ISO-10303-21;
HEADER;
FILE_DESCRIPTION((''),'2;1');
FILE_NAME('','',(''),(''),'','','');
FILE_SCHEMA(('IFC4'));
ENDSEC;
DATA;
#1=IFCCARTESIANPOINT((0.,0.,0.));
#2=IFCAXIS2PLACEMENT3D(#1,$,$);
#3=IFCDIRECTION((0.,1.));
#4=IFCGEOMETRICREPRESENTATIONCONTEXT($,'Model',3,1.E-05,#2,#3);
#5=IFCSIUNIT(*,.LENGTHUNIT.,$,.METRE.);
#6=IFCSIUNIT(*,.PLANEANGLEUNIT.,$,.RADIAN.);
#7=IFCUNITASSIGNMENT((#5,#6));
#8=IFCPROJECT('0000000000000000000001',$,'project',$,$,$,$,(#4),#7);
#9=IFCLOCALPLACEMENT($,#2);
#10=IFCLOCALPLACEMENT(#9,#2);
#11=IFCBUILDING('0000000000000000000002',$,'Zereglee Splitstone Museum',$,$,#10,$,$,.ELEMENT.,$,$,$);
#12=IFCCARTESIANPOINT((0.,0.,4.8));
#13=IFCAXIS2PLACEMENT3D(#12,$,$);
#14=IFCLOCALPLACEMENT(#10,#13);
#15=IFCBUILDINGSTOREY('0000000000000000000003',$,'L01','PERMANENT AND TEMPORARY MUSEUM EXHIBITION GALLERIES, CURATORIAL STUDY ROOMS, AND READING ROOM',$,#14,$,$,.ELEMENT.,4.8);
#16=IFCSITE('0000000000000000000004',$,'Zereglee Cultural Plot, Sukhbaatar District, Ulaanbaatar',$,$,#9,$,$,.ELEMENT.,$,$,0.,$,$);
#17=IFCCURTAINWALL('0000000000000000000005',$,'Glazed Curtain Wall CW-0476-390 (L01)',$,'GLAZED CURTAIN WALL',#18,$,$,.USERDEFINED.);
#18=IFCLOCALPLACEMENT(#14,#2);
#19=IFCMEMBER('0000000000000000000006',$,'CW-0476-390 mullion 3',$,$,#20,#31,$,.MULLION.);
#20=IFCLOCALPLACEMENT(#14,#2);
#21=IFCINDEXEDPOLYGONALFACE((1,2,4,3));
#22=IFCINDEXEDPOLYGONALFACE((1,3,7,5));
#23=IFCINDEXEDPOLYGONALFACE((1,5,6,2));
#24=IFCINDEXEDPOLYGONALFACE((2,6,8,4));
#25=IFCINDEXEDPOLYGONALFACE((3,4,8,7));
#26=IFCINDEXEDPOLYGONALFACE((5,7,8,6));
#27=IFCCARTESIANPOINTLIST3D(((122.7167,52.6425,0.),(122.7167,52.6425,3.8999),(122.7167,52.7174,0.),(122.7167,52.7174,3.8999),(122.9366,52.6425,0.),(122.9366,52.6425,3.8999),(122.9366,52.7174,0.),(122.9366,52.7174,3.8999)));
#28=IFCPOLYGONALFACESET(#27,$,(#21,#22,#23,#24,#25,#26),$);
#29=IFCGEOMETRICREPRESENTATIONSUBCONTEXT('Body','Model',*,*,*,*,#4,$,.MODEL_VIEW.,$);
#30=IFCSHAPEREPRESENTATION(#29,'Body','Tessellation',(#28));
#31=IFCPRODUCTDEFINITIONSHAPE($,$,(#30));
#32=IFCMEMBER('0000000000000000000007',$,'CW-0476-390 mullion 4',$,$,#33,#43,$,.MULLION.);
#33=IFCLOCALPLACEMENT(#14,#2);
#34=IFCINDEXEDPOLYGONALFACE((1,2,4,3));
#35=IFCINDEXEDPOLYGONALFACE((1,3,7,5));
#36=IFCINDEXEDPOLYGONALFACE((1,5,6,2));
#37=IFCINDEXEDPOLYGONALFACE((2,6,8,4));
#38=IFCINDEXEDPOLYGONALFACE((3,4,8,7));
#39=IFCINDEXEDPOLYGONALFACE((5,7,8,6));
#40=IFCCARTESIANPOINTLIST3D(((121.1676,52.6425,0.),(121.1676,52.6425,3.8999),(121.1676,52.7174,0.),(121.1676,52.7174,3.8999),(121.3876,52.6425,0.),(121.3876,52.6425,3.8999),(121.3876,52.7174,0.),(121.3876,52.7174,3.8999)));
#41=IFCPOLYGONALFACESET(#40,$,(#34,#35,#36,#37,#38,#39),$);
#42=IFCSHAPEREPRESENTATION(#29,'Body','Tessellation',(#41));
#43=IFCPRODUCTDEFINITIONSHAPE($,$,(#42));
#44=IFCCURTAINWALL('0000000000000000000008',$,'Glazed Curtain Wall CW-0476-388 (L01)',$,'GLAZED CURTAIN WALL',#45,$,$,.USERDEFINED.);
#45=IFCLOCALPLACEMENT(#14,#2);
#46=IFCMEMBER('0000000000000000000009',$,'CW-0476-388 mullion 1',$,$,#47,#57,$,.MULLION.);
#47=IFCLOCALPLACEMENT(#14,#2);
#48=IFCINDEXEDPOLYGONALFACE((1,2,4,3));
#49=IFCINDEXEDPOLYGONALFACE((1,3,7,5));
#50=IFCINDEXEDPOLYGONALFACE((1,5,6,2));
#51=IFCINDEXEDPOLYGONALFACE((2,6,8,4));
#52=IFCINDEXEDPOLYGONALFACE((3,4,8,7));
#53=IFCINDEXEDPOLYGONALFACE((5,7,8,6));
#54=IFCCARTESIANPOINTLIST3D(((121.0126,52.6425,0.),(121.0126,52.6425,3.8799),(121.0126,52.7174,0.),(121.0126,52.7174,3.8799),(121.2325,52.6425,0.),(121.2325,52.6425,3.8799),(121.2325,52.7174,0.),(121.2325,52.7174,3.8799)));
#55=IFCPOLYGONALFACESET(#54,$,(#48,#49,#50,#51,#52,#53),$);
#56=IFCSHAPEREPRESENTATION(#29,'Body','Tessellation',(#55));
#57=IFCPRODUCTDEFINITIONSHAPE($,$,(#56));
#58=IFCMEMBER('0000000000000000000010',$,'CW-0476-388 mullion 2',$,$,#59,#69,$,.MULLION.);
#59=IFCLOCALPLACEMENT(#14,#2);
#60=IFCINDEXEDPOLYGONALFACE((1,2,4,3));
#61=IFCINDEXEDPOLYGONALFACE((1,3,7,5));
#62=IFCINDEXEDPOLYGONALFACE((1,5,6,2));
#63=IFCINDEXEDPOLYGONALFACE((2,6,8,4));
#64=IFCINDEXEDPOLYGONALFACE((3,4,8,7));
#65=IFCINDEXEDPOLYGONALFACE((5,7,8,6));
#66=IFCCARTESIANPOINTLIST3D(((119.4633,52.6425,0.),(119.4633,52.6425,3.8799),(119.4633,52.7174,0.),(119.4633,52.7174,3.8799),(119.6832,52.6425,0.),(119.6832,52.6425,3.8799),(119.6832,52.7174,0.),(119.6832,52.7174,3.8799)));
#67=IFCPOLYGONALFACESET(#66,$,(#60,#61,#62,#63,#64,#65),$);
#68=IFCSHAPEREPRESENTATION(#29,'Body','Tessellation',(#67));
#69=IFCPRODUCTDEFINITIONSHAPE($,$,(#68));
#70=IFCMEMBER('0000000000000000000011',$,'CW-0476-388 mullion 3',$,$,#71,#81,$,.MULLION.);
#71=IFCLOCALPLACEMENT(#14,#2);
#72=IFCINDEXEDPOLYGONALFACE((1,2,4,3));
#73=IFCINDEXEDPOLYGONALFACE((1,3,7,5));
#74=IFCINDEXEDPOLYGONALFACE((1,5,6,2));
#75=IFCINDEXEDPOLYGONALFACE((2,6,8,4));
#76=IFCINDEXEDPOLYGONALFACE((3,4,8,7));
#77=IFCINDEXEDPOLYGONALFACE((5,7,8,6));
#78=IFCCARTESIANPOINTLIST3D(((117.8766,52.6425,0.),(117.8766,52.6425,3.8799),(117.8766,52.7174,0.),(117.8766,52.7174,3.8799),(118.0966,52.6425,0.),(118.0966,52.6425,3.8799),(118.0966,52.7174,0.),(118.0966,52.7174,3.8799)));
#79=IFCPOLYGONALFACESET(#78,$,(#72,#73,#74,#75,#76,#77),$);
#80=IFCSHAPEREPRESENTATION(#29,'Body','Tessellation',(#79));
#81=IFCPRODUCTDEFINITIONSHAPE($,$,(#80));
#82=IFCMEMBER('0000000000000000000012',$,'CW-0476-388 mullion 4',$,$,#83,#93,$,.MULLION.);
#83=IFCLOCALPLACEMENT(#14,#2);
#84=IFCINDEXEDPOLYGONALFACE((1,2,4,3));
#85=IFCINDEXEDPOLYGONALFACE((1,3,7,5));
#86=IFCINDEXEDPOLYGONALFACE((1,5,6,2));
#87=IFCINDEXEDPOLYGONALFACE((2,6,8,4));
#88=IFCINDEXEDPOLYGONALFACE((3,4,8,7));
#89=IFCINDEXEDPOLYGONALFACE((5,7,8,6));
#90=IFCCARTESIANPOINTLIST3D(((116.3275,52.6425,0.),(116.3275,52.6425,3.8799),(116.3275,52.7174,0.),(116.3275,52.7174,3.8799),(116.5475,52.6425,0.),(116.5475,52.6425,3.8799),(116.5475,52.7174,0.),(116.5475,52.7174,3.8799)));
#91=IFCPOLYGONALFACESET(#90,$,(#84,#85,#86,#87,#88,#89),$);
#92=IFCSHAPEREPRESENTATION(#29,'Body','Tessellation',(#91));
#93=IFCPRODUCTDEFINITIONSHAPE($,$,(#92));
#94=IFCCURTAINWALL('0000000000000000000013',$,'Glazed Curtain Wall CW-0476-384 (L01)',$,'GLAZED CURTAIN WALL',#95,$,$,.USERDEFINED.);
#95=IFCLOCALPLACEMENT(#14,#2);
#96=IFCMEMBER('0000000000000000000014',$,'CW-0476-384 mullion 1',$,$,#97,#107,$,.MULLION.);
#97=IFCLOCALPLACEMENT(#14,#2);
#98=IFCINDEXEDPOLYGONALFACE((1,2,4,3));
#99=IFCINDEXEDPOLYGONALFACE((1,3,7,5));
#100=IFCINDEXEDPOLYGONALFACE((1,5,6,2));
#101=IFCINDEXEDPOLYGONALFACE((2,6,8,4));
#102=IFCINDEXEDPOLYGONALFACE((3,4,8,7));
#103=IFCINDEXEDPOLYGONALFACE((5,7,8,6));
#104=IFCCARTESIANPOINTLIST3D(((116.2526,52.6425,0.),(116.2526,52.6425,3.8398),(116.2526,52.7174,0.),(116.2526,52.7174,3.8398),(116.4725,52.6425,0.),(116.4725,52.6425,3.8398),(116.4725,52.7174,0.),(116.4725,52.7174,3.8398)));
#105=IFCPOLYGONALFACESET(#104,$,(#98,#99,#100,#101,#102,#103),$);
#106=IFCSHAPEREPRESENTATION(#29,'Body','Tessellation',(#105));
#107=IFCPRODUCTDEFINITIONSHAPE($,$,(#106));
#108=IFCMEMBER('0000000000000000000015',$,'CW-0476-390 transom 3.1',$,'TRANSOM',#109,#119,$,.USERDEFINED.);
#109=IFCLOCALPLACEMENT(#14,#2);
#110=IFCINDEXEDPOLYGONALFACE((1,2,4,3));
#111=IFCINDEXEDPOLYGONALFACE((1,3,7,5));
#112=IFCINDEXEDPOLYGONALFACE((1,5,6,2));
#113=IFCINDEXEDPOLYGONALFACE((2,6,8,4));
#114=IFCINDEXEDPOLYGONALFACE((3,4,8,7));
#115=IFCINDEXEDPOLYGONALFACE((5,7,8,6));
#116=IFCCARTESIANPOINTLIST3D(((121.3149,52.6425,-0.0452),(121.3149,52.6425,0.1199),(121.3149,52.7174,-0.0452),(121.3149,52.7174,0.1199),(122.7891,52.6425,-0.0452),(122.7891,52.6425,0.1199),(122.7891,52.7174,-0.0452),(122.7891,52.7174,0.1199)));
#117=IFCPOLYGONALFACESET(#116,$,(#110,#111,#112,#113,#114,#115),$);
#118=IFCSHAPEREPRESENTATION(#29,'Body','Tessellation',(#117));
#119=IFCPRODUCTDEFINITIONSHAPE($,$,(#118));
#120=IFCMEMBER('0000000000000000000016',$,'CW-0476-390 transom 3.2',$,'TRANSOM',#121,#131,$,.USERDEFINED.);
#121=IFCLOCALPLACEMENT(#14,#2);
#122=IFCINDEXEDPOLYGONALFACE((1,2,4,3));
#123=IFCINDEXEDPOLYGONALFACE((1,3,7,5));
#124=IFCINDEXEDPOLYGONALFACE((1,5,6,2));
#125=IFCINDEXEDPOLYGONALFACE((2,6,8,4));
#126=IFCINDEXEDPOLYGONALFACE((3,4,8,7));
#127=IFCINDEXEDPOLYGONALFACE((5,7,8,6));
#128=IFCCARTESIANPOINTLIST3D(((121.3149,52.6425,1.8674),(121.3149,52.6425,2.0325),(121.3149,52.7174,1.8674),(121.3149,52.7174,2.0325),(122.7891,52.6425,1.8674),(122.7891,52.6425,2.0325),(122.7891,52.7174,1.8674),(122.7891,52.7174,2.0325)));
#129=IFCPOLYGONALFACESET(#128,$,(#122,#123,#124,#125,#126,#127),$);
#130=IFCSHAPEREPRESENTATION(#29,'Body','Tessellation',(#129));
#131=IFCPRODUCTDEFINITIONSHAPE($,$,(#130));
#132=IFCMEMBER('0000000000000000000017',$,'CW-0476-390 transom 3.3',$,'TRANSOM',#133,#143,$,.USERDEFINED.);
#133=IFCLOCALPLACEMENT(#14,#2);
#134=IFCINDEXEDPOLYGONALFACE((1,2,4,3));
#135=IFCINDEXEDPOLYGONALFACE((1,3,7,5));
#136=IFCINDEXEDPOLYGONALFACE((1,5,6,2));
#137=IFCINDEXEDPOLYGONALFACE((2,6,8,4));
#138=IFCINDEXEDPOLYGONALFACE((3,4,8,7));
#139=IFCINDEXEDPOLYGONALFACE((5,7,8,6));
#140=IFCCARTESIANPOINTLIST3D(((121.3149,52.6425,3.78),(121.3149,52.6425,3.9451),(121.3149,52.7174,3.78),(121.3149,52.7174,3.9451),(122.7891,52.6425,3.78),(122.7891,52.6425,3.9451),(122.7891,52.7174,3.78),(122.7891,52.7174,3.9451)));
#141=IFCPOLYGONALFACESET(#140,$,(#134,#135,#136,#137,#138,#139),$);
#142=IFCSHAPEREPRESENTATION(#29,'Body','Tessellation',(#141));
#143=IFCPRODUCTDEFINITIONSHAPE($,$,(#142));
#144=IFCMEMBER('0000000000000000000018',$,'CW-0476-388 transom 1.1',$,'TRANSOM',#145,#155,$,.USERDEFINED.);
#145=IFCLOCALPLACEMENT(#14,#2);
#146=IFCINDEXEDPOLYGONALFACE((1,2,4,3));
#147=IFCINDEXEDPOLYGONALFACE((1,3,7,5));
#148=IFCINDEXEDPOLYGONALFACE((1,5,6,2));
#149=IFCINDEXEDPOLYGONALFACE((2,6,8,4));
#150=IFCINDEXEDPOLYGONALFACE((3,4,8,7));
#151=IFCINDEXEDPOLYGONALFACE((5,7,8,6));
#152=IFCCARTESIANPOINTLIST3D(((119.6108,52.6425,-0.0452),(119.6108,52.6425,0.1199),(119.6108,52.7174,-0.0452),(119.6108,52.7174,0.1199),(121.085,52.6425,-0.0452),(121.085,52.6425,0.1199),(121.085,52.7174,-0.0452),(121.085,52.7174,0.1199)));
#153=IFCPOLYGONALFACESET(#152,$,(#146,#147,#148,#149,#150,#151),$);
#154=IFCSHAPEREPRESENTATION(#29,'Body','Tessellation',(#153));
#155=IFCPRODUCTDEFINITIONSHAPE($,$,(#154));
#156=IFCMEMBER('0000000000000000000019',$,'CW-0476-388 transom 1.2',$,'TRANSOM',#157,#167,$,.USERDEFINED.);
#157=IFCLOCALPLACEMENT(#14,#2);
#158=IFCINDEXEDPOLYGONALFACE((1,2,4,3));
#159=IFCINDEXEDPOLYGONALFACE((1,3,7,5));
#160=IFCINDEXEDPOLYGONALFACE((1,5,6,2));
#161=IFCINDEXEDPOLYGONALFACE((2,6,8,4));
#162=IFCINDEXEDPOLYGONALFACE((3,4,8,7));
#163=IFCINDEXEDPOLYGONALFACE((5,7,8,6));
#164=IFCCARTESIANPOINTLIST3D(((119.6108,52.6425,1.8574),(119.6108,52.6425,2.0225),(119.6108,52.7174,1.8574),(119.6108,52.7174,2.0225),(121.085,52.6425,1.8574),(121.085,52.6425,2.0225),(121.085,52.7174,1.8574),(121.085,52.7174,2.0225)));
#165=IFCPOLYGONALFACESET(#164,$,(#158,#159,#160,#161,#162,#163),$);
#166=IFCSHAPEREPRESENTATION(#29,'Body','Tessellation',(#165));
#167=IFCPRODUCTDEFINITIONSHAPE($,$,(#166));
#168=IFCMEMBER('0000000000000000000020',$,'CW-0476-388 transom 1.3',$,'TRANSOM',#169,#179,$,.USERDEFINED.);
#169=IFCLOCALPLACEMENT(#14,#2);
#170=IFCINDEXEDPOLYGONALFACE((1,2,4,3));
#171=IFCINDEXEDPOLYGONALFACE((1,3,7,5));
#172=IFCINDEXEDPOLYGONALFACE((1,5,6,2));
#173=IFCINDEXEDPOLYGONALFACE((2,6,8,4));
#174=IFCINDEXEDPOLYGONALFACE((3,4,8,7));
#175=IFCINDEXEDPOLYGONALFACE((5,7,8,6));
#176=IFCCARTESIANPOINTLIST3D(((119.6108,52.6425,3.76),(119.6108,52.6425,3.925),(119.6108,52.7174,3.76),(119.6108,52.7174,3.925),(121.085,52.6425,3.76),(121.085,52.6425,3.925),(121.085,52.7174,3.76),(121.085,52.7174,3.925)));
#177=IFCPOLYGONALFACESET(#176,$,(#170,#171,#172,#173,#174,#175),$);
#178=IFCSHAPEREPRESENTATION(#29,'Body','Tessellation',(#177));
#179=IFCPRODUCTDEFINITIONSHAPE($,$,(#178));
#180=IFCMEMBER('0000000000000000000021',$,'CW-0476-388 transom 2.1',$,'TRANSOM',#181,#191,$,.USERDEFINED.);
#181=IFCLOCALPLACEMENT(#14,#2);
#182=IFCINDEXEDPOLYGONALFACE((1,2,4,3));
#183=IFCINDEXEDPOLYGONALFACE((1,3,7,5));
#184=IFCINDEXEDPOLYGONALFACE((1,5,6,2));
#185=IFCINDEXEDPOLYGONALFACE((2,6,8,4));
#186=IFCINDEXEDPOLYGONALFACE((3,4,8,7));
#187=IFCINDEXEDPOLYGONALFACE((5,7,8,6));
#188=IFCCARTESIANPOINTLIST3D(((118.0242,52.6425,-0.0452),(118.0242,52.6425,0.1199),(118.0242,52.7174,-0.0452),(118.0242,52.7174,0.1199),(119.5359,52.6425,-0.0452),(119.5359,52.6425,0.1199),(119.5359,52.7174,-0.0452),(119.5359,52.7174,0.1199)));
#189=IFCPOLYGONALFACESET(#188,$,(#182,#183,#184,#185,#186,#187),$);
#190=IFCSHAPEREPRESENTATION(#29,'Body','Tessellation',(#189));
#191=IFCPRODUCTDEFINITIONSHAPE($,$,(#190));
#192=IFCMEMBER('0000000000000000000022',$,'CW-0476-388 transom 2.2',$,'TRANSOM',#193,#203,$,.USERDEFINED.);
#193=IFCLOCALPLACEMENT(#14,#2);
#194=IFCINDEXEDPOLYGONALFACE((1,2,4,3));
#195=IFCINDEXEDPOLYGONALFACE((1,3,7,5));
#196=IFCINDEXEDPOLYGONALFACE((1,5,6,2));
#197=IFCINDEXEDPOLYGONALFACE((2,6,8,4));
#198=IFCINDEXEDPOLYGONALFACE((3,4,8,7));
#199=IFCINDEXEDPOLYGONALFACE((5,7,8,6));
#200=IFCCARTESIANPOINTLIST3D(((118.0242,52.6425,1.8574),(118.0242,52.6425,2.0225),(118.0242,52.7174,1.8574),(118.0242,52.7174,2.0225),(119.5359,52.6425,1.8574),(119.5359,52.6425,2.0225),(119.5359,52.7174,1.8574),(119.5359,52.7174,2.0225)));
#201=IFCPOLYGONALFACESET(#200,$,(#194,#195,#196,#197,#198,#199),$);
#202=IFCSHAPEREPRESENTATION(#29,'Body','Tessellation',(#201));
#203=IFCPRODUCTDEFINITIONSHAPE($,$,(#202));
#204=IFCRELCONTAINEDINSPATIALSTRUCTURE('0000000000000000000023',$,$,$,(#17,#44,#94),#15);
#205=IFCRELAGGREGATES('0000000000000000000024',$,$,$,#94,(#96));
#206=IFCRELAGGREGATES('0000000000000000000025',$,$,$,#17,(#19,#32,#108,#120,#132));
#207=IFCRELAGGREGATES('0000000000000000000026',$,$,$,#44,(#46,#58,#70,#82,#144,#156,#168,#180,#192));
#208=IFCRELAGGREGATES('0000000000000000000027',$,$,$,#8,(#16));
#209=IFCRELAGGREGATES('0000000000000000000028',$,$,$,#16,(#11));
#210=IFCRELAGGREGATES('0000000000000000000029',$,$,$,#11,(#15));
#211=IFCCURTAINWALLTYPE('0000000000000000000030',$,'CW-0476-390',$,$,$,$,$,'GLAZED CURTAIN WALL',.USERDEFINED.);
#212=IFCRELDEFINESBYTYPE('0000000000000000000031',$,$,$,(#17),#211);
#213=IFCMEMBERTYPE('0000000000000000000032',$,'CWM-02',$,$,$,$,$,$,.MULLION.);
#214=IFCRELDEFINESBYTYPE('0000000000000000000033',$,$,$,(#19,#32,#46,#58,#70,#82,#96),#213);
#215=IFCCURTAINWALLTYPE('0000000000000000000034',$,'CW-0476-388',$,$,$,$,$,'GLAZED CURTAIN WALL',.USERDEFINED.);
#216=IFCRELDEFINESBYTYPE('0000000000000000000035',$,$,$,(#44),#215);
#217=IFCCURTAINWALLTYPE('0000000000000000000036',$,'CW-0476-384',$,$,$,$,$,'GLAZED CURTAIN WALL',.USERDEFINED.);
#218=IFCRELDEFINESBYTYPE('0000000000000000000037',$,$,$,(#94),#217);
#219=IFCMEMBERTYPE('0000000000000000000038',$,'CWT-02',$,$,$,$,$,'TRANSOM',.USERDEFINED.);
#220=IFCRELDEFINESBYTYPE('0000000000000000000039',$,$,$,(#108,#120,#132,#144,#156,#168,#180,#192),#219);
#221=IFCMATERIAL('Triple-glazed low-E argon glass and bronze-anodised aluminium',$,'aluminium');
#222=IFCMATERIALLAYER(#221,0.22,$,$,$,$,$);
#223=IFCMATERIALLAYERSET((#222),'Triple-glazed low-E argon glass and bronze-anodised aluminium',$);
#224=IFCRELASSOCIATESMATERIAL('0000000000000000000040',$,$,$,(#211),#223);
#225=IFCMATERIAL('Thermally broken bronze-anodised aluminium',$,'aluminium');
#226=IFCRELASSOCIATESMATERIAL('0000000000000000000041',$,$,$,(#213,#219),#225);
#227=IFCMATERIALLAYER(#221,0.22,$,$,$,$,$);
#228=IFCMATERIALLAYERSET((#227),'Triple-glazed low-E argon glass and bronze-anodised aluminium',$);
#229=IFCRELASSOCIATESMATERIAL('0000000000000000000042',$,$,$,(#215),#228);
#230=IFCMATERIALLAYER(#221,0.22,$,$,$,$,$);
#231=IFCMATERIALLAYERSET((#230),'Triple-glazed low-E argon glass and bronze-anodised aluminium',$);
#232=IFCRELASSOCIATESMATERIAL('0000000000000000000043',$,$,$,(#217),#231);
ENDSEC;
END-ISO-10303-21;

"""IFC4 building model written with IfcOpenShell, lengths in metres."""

from ifc_helpers import new_model, si_unit, direction, frame, origin, origin_2d, place, context, subcontext, project, spatial, rectangle, extrude, material, layer, layer_set, material_profile, profile_set, type_object, element, aggregate, save


model = new_model("IFC4")

# Units and contexts
model_context = context("Model", 3, precision=1e-05, world=origin(), true_north=direction((0.0, 1.0)))
body_context = subcontext(model_context, "Body", "Model", "MODEL_VIEW")
ifc_project = project(units=[si_unit("LENGTHUNIT", "METRE"), si_unit("PLANEANGLEUNIT", "RADIAN")], contexts=[model_context])

# Site, building, storey
site_placement = place(None, origin())
site = spatial("IfcSite", under=ifc_project, at=site_placement, Name="Zereglee Cultural Plot, Sukhbaatar District, Ulaanbaatar", CompositionType="ELEMENT", RefElevation=0.0)
building_placement = place(site_placement, origin())
building = spatial("IfcBuilding", under=site, at=building_placement, Name="Zereglee Splitstone Museum", CompositionType="ELEMENT")
storey_placement = place(building_placement, frame((0.0, 0.0, 4.8)))
storey = spatial("IfcBuildingStorey", under=building, at=storey_placement, Name="L01", Description="PERMANENT AND TEMPORARY MUSEUM EXHIBITION GALLERIES, CURATORIAL STUDY ROOMS, AND READING ROOM", CompositionType="ELEMENT", Elevation=4.8)

# Curtain walls, members
ifc_material_1 = material(Name="Triple-glazed low-E argon glass and bronze-anodised aluminium", Category="aluminium")
ifc_layer_1 = layer(ifc_material_1, 0.22)
ifc_layer_set_1 = layer_set([ifc_layer_1], Name="Triple-glazed low-E argon glass and bronze-anodised aluminium")
curtain_wall_type_1 = type_object("IfcCurtainWallType", Name="CW-0476-390", ElementType="GLAZED CURTAIN WALL", PredefinedType="USERDEFINED", material=ifc_layer_set_1)
curtain_wall_1_placement = place(storey_placement, origin())
curtain_wall_1 = element("IfcCurtainWall", 1, at=curtain_wall_1_placement, inside=storey, type_object=curtain_wall_type_1, Name="Glazed Curtain Wall CW-0476-390 (L01)", ObjectType="GLAZED CURTAIN WALL", PredefinedType="USERDEFINED")
ifc_material_2 = material(Name="Thermally broken bronze-anodised aluminium", Category="aluminium")
ifc_material_profile_1 = material_profile(ifc_material_2, rectangle(XDim=0.075, YDim=0.22, at=origin_2d()), Name="CW MULL 75x220")
ifc_profile_set_1 = profile_set([ifc_material_profile_1], Name="Thermally broken bronze-anodised aluminium")
member_type_1 = type_object("IfcMemberType", Name="CWM-02", PredefinedType="MULLION", material=ifc_profile_set_1)
member_1_placement = place(storey_placement, frame((122.8267, 52.6799, 0.0), z_axis=(0.0, 0.0, 1.0), x_axis=(0.0, -1.0, 0.0)))
member_1 = element("IfcMember", 2, at=member_1_placement, type_object=member_type_1, Name="CW-0476-390 mullion 3", PredefinedType="MULLION", context=body_context, shape_type="SweptSolid", body=[
    extrude(rectangle(XDim=0.075, YDim=0.22, at=origin_2d()), origin(), (0.0, 0.0, 1.0), 3.8999),
])
member_2_placement = place(storey_placement, frame((121.2776, 52.6799, 0.0), z_axis=(0.0, 0.0, 1.0), x_axis=(0.0, -1.0, 0.0)))
member_2 = element("IfcMember", 3, at=member_2_placement, type_object=member_type_1, Name="CW-0476-390 mullion 4", PredefinedType="MULLION", context=body_context, shape_type="SweptSolid", body=[
    extrude(rectangle(XDim=0.075, YDim=0.22, at=origin_2d()), origin(), (0.0, 0.0, 1.0), 3.8999),
])
ifc_layer_2 = layer(ifc_material_1, 0.22)
ifc_layer_set_2 = layer_set([ifc_layer_2], Name="Triple-glazed low-E argon glass and bronze-anodised aluminium")
curtain_wall_type_2 = type_object("IfcCurtainWallType", Name="CW-0476-388", ElementType="GLAZED CURTAIN WALL", PredefinedType="USERDEFINED", material=ifc_layer_set_2)
curtain_wall_2_placement = place(storey_placement, origin())
curtain_wall_2 = element("IfcCurtainWall", 4, at=curtain_wall_2_placement, inside=storey, type_object=curtain_wall_type_2, Name="Glazed Curtain Wall CW-0476-388 (L01)", ObjectType="GLAZED CURTAIN WALL", PredefinedType="USERDEFINED")
member_3_placement = place(storey_placement, frame((121.1226, 52.6799, 0.0), z_axis=(0.0, 0.0, 1.0), x_axis=(0.0, -1.0, 0.0)))
member_3 = element("IfcMember", 5, at=member_3_placement, type_object=member_type_1, Name="CW-0476-388 mullion 1", PredefinedType="MULLION", context=body_context, shape_type="SweptSolid", body=[
    extrude(rectangle(XDim=0.075, YDim=0.22, at=origin_2d()), origin(), (0.0, 0.0, 1.0), 3.8799),
])
member_4_placement = place(storey_placement, frame((119.5732, 52.6799, 0.0), z_axis=(0.0, 0.0, 1.0), x_axis=(0.0, -1.0, 0.0)))
member_4 = element("IfcMember", 6, at=member_4_placement, type_object=member_type_1, Name="CW-0476-388 mullion 2", PredefinedType="MULLION", context=body_context, shape_type="SweptSolid", body=[
    extrude(rectangle(XDim=0.075, YDim=0.22, at=origin_2d()), origin(), (0.0, 0.0, 1.0), 3.8799),
])
member_5_placement = place(storey_placement, frame((117.9866, 52.6799, 0.0), z_axis=(0.0, 0.0, 1.0), x_axis=(0.0, -1.0, 0.0)))
member_5 = element("IfcMember", 7, at=member_5_placement, type_object=member_type_1, Name="CW-0476-388 mullion 3", PredefinedType="MULLION", context=body_context, shape_type="SweptSolid", body=[
    extrude(rectangle(XDim=0.075, YDim=0.22, at=origin_2d()), origin(), (0.0, 0.0, 1.0), 3.8799),
])
member_6_placement = place(storey_placement, frame((116.4375, 52.6799, 0.0), z_axis=(0.0, 0.0, 1.0), x_axis=(0.0, -1.0, 0.0)))
member_6 = element("IfcMember", 8, at=member_6_placement, type_object=member_type_1, Name="CW-0476-388 mullion 4", PredefinedType="MULLION", context=body_context, shape_type="SweptSolid", body=[
    extrude(rectangle(XDim=0.075, YDim=0.22, at=origin_2d()), origin(), (0.0, 0.0, 1.0), 3.8799),
])

# Curtain wall, member
ifc_layer_3 = layer(ifc_material_1, 0.22)
ifc_layer_set_3 = layer_set([ifc_layer_3], Name="Triple-glazed low-E argon glass and bronze-anodised aluminium")
curtain_wall_type_3 = type_object("IfcCurtainWallType", Name="CW-0476-384", ElementType="GLAZED CURTAIN WALL", PredefinedType="USERDEFINED", material=ifc_layer_set_3)
curtain_wall_3_placement = place(storey_placement, origin())
curtain_wall_3 = element("IfcCurtainWall", 9, at=curtain_wall_3_placement, inside=storey, type_object=curtain_wall_type_3, Name="Glazed Curtain Wall CW-0476-384 (L01)", ObjectType="GLAZED CURTAIN WALL", PredefinedType="USERDEFINED")
member_7_placement = place(storey_placement, frame((116.3625, 52.6799, 0.0), z_axis=(0.0, 0.0, 1.0), x_axis=(0.0, -1.0, 0.0)))
member_7 = element("IfcMember", 10, at=member_7_placement, type_object=member_type_1, Name="CW-0476-384 mullion 1", PredefinedType="MULLION", context=body_context, shape_type="SweptSolid", body=[
    extrude(rectangle(XDim=0.075, YDim=0.22, at=origin_2d()), origin(), (0.0, 0.0, 1.0), 3.8398),
])

# Members
ifc_material_profile_2 = material_profile(ifc_material_2, rectangle(XDim=0.075, YDim=0.165, at=origin_2d()), Name="CW TRAN 75x165")
ifc_profile_set_2 = profile_set([ifc_material_profile_2], Name="Thermally broken bronze-anodised aluminium")
member_type_2 = type_object("IfcMemberType", Name="CWT-02", ElementType="TRANSOM", PredefinedType="USERDEFINED", material=ifc_profile_set_2)
member_8_placement = place(storey_placement, frame((122.7891, 52.6799, 0.0374), z_axis=(-1.0, 0.0, 0.0), x_axis=(0.0, -1.0, 0.0)))
member_8 = element("IfcMember", 11, at=member_8_placement, type_object=member_type_2, Name="CW-0476-390 transom 3.1", ObjectType="TRANSOM", PredefinedType="USERDEFINED", context=body_context, shape_type="SweptSolid", body=[
    extrude(rectangle(XDim=0.075, YDim=0.165, at=origin_2d()), origin(), (0.0, 0.0, 1.0), 1.4741),
])
member_9_placement = place(storey_placement, frame((122.7891, 52.6799, 1.95), z_axis=(-1.0, 0.0, 0.0), x_axis=(0.0, -1.0, 0.0)))
member_9 = element("IfcMember", 12, at=member_9_placement, type_object=member_type_2, Name="CW-0476-390 transom 3.2", ObjectType="TRANSOM", PredefinedType="USERDEFINED", context=body_context, shape_type="SweptSolid", body=[
    extrude(rectangle(XDim=0.075, YDim=0.165, at=origin_2d()), origin(), (0.0, 0.0, 1.0), 1.4741),
])
member_10_placement = place(storey_placement, frame((122.7891, 52.6799, 3.8625), z_axis=(-1.0, 0.0, 0.0), x_axis=(0.0, -1.0, 0.0)))
member_10 = element("IfcMember", 13, at=member_10_placement, type_object=member_type_2, Name="CW-0476-390 transom 3.3", ObjectType="TRANSOM", PredefinedType="USERDEFINED", context=body_context, shape_type="SweptSolid", body=[
    extrude(rectangle(XDim=0.075, YDim=0.165, at=origin_2d()), origin(), (0.0, 0.0, 1.0), 1.4741),
])
member_11_placement = place(storey_placement, frame((121.085, 52.6799, 0.0374), z_axis=(-1.0, 0.0, 0.0), x_axis=(0.0, -1.0, 0.0)))
member_11 = element("IfcMember", 14, at=member_11_placement, type_object=member_type_2, Name="CW-0476-388 transom 1.1", ObjectType="TRANSOM", PredefinedType="USERDEFINED", context=body_context, shape_type="SweptSolid", body=[
    extrude(rectangle(XDim=0.075, YDim=0.165, at=origin_2d()), origin(), (0.0, 0.0, 1.0), 1.4741),
])
member_12_placement = place(storey_placement, frame((121.085, 52.6799, 1.9399), z_axis=(-1.0, 0.0, 0.0), x_axis=(0.0, -1.0, 0.0)))
member_12 = element("IfcMember", 15, at=member_12_placement, type_object=member_type_2, Name="CW-0476-388 transom 1.2", ObjectType="TRANSOM", PredefinedType="USERDEFINED", context=body_context, shape_type="SweptSolid", body=[
    extrude(rectangle(XDim=0.075, YDim=0.165, at=origin_2d()), origin(), (0.0, 0.0, 1.0), 1.4741),
])
member_13_placement = place(storey_placement, frame((121.085, 52.6799, 3.8425), z_axis=(-1.0, 0.0, 0.0), x_axis=(0.0, -1.0, 0.0)))
member_13 = element("IfcMember", 16, at=member_13_placement, type_object=member_type_2, Name="CW-0476-388 transom 1.3", ObjectType="TRANSOM", PredefinedType="USERDEFINED", context=body_context, shape_type="SweptSolid", body=[
    extrude(rectangle(XDim=0.075, YDim=0.165, at=origin_2d()), origin(), (0.0, 0.0, 1.0), 1.4741),
])
member_14_placement = place(storey_placement, frame((119.5359, 52.6799, 0.0374), z_axis=(-1.0, 0.0, 0.0), x_axis=(0.0, -1.0, 0.0)))
member_14 = element("IfcMember", 17, at=member_14_placement, type_object=member_type_2, Name="CW-0476-388 transom 2.1", ObjectType="TRANSOM", PredefinedType="USERDEFINED", context=body_context, shape_type="SweptSolid", body=[
    extrude(rectangle(XDim=0.075, YDim=0.165, at=origin_2d()), origin(), (0.0, 0.0, 1.0), 1.5117),
])
member_15_placement = place(storey_placement, frame((119.5359, 52.6799, 1.9399), z_axis=(-1.0, 0.0, 0.0), x_axis=(0.0, -1.0, 0.0)))
member_15 = element("IfcMember", 18, at=member_15_placement, type_object=member_type_2, Name="CW-0476-388 transom 2.2", ObjectType="TRANSOM", PredefinedType="USERDEFINED", context=body_context, shape_type="SweptSolid", body=[
    extrude(rectangle(XDim=0.075, YDim=0.165, at=origin_2d()), origin(), (0.0, 0.0, 1.0), 1.5117),
])
aggregate(curtain_wall_3, [member_7])

aggregate(curtain_wall_1, [member_1, member_2, member_8, member_9, member_10])
aggregate(curtain_wall_2, [member_3, member_4, member_5, member_6, member_11, member_12, member_13, member_14, member_15])

save(model, "model.ifc")
